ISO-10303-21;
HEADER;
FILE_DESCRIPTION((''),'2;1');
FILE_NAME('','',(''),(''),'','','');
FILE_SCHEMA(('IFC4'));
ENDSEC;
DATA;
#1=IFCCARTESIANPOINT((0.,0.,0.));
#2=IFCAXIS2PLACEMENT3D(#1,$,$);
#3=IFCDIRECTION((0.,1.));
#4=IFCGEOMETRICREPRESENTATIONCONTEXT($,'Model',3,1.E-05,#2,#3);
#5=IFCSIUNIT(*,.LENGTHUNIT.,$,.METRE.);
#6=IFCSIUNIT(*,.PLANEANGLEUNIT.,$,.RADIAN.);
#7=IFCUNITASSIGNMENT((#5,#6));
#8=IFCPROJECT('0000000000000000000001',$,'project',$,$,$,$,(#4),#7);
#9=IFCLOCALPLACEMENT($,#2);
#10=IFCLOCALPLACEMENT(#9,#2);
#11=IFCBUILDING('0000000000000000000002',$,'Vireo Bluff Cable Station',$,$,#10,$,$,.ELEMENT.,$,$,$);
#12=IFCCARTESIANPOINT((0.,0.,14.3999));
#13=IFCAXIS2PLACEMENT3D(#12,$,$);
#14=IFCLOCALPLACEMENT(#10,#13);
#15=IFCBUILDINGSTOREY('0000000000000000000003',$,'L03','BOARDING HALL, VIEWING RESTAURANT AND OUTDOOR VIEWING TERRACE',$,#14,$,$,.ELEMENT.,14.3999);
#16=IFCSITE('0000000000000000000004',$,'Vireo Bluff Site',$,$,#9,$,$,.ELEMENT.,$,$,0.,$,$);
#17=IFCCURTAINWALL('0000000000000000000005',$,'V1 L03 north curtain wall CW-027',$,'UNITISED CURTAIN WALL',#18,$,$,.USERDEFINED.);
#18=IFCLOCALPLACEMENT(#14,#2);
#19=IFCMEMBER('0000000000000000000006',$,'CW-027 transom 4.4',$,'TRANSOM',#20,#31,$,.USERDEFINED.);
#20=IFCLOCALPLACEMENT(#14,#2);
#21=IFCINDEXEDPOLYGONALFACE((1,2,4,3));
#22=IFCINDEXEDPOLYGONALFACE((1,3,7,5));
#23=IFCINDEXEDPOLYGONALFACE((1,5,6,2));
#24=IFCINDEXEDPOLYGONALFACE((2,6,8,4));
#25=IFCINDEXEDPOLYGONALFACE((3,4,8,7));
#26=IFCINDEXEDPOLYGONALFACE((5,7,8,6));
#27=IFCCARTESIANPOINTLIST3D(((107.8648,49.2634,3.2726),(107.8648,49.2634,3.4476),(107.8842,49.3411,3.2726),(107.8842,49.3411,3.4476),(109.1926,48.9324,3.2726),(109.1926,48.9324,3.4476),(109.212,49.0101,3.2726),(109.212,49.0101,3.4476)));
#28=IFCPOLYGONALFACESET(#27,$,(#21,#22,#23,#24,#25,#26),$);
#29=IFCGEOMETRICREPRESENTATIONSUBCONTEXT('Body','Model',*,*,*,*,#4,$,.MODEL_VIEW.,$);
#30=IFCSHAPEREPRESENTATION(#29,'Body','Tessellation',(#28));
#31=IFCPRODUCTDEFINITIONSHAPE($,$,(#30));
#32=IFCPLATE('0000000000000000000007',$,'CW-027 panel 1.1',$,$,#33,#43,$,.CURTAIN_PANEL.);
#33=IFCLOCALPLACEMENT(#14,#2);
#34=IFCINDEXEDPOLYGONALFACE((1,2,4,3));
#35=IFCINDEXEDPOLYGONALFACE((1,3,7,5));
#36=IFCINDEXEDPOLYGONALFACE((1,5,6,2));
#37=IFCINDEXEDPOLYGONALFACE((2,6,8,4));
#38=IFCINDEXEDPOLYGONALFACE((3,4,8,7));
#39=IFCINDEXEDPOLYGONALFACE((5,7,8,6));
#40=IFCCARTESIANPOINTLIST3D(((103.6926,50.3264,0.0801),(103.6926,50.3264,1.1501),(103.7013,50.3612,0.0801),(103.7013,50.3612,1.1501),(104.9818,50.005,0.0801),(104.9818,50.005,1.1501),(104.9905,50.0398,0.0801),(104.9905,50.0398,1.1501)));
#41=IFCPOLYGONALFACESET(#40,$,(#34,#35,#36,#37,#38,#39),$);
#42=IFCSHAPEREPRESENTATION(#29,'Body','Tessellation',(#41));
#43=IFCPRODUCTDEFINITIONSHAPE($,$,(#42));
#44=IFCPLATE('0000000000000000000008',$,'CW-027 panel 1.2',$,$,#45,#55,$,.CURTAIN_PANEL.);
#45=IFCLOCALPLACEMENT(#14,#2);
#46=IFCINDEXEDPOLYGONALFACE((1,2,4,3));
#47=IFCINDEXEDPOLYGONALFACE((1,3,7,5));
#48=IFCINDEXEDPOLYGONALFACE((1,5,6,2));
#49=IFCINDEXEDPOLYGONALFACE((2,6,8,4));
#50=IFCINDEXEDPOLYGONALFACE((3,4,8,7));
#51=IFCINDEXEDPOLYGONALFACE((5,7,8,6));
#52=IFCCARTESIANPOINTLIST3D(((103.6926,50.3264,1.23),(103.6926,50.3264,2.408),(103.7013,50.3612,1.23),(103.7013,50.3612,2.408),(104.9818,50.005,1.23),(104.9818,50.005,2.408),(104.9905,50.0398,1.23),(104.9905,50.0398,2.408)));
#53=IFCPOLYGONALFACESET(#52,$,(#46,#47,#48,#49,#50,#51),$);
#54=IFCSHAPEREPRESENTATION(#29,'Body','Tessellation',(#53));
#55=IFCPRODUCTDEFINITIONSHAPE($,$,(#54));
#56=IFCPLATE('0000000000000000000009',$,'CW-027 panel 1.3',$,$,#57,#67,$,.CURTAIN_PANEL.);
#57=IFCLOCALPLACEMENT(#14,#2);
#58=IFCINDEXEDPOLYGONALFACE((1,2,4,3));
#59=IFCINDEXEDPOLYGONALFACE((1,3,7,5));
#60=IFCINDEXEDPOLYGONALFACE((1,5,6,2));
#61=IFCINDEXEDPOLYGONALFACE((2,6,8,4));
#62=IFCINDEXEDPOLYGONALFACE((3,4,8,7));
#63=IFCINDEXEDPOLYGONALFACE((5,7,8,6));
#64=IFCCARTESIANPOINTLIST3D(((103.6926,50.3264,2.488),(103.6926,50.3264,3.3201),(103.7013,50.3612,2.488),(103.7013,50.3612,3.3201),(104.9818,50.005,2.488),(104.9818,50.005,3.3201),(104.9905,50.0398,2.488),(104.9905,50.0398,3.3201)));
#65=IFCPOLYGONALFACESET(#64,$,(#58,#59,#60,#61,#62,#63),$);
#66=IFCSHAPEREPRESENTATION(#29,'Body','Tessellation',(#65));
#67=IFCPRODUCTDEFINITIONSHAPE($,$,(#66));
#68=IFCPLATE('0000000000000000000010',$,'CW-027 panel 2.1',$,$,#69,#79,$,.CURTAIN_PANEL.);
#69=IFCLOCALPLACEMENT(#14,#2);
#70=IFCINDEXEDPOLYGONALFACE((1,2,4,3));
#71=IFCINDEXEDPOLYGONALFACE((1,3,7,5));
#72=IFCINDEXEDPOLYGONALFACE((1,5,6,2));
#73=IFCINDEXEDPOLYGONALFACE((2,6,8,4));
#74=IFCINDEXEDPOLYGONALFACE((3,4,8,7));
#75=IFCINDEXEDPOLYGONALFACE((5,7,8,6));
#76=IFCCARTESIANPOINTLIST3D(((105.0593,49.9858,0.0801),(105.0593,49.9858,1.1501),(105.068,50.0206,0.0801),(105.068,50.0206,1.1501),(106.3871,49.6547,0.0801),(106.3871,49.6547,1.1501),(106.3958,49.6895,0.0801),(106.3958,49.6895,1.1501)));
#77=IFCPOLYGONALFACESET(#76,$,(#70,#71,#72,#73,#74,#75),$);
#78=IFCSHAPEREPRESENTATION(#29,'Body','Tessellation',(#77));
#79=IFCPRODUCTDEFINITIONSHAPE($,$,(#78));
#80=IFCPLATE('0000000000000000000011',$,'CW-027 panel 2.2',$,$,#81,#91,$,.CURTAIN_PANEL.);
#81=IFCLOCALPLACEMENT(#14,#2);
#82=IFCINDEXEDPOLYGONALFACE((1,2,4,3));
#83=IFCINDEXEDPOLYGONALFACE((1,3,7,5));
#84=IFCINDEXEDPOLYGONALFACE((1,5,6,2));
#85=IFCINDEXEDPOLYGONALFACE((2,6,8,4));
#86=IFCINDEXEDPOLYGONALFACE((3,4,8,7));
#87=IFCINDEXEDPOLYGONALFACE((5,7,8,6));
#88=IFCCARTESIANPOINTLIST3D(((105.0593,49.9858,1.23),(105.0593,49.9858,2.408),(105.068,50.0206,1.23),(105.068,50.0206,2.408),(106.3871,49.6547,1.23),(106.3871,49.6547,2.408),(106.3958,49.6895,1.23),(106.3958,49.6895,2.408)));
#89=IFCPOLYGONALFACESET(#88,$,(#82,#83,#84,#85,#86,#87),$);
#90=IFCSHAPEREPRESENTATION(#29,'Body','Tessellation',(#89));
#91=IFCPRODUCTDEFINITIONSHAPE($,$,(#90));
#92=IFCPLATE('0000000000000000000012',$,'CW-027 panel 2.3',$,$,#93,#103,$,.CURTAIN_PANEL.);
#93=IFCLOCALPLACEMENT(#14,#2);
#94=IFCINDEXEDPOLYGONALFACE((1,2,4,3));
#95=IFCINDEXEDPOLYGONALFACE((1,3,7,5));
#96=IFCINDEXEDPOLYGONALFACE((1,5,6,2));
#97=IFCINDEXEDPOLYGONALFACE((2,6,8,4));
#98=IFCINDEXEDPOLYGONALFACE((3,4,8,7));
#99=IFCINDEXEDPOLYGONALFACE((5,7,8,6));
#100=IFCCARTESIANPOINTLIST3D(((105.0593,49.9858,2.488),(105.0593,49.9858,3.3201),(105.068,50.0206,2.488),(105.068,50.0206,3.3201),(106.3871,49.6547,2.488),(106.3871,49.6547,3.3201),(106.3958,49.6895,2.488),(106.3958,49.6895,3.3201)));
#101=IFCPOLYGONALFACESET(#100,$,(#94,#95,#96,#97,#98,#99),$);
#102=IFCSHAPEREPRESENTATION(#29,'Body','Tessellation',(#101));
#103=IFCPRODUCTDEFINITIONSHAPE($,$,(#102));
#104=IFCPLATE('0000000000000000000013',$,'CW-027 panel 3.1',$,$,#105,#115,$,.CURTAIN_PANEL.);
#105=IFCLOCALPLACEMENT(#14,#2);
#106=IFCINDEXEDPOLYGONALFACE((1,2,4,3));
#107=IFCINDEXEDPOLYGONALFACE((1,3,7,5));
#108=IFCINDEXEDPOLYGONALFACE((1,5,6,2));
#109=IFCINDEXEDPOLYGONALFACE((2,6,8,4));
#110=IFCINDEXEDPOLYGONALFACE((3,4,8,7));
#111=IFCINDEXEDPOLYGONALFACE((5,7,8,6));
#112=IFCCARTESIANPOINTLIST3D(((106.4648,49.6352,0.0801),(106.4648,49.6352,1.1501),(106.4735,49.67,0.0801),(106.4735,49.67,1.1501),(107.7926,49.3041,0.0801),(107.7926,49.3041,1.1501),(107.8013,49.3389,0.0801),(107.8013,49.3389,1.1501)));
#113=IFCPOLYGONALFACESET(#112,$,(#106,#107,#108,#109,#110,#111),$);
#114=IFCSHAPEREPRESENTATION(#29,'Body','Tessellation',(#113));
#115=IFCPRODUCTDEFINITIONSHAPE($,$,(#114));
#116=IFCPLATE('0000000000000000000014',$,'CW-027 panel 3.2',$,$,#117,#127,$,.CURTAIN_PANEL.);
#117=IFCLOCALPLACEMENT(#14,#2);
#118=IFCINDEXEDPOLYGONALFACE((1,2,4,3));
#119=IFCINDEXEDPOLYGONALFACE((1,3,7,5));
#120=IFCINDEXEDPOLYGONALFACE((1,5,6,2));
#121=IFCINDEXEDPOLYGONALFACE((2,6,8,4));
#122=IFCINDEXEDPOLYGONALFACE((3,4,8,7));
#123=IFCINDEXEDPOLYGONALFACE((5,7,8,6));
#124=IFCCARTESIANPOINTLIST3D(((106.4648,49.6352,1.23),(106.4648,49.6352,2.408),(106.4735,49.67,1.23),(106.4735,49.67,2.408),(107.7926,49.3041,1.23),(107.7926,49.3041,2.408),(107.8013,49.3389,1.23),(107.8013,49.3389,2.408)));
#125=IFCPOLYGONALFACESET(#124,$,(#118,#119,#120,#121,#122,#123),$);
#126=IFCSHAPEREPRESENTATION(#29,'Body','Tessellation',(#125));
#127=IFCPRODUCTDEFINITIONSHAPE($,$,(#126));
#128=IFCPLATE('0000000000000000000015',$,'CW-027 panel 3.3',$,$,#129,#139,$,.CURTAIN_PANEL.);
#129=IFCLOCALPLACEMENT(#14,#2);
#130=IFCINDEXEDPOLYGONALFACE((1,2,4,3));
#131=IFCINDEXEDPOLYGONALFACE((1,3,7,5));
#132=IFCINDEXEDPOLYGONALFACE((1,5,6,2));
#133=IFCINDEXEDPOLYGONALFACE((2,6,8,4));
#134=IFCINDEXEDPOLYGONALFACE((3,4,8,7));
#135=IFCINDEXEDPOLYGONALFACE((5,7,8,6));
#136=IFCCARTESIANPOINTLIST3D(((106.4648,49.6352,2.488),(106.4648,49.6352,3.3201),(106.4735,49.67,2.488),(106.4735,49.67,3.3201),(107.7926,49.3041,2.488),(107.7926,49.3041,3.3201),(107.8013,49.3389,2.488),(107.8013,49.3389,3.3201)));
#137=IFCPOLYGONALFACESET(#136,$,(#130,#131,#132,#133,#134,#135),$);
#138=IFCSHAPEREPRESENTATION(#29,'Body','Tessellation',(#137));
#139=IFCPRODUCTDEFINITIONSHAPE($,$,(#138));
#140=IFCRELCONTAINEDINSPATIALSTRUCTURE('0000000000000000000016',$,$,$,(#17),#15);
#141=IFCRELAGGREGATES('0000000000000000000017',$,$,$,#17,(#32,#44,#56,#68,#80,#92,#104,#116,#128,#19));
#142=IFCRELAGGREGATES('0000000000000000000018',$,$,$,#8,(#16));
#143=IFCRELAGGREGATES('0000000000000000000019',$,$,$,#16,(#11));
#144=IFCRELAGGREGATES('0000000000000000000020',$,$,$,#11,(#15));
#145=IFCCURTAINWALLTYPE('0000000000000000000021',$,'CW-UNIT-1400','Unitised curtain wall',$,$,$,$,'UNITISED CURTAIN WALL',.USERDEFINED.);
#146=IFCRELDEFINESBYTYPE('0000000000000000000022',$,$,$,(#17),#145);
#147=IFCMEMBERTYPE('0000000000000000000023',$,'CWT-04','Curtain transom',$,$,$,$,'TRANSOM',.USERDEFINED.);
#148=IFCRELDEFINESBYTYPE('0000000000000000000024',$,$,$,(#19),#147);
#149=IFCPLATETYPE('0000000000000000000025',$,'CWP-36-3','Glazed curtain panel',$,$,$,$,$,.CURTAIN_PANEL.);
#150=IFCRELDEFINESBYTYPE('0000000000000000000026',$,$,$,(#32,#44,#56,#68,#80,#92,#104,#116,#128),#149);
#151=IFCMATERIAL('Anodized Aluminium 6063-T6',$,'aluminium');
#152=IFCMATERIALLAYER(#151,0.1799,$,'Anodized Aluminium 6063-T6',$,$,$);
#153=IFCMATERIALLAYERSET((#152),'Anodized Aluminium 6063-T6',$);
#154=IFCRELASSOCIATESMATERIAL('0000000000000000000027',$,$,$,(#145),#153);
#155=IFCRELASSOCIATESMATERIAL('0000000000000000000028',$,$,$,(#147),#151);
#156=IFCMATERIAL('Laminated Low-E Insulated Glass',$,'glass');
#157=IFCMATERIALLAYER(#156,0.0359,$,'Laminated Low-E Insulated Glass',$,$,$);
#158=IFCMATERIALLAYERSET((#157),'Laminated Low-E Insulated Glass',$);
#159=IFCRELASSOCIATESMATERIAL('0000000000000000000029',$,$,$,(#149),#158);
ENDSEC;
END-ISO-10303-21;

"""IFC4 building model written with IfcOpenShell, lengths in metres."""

from ifc_helpers import new_model, si_unit, direction, frame, origin, origin_2d, place, context, subcontext, project, spatial, rectangle, extrude, material, layer, layer_set, material_profile, profile_set, type_object, element, aggregate, save


model = new_model("IFC4")

# Units and contexts
model_context = context("Model", 3, precision=1e-05, world=origin(), true_north=direction((0.0, 1.0)))
body_context = subcontext(model_context, "Body", "Model", "MODEL_VIEW")
ifc_project = project(units=[si_unit("LENGTHUNIT", "METRE"), si_unit("PLANEANGLEUNIT", "RADIAN")], contexts=[model_context])

# Site, building, storey
site_placement = place(None, origin())
site = spatial("IfcSite", under=ifc_project, at=site_placement, Name="Vireo Bluff Site", CompositionType="ELEMENT", RefElevation=0.0)
building_placement = place(site_placement, origin())
building = spatial("IfcBuilding", under=site, at=building_placement, Name="Vireo Bluff Cable Station", CompositionType="ELEMENT")
storey_placement = place(building_placement, frame((0.0, 0.0, 14.3999)))
storey = spatial("IfcBuildingStorey", under=building, at=storey_placement, Name="L03", Description="BOARDING HALL, VIEWING RESTAURANT AND OUTDOOR VIEWING TERRACE", CompositionType="ELEMENT", Elevation=14.3999)

# Curtain wall, member, plates
ifc_material_1 = material(Name="Anodized Aluminium 6063-T6", Category="aluminium")
ifc_layer_1 = layer(ifc_material_1, 0.1799, Name="Anodized Aluminium 6063-T6")
ifc_layer_set_1 = layer_set([ifc_layer_1], Name="Anodized Aluminium 6063-T6")
curtain_wall_type = type_object("IfcCurtainWallType", Name="CW-UNIT-1400", Description="Unitised curtain wall", ElementType="UNITISED CURTAIN WALL", PredefinedType="USERDEFINED", material=ifc_layer_set_1)
curtain_wall_placement = place(storey_placement, origin())
curtain_wall = element("IfcCurtainWall", 1, at=curtain_wall_placement, inside=storey, type_object=curtain_wall_type, Name="V1 L03 north curtain wall CW-027", ObjectType="UNITISED CURTAIN WALL", PredefinedType="USERDEFINED")
ifc_material_profile_1 = material_profile(ifc_material_1, rectangle(XDim=0.0801, YDim=0.175, at=origin_2d()), Name="ALU-T-80X175")
ifc_profile_set_1 = profile_set([ifc_material_profile_1], Name="Anodized Aluminium 6063-T6")
member_type_1 = type_object("IfcMemberType", Name="CWT-04", Description="Curtain transom", ElementType="TRANSOM", PredefinedType="USERDEFINED", material=ifc_profile_set_1)
member_1_placement = place(storey_placement, frame((107.8745, 49.3022, 3.3601), z_axis=(0.9703, -0.241906, 0.0), x_axis=(0.241906, 0.9703, 0.0)))
member_1 = element("IfcMember", 2, at=member_1_placement, type_object=member_type_1, Name="CW-027 transom 4.4", ObjectType="TRANSOM", PredefinedType="USERDEFINED", context=body_context, shape_type="SweptSolid", body=[
    extrude(rectangle(XDim=0.0801, YDim=0.175, at=origin_2d()), origin(), (0.0, 0.0, 1.0), 1.3684),
])
ifc_material_2 = material(Name="Laminated Low-E Insulated Glass", Category="glass")
ifc_layer_2 = layer(ifc_material_2, 0.0359, Name="Laminated Low-E Insulated Glass")
ifc_layer_set_2 = layer_set([ifc_layer_2], Name="Laminated Low-E Insulated Glass")
plate_type = type_object("IfcPlateType", Name="CWP-36-3", Description="Glazed curtain panel", PredefinedType="CURTAIN_PANEL", material=ifc_layer_set_2)
plate_1_placement = place(storey_placement, frame((104.3416, 50.1831, 0.0801), z_axis=(0.0, 0.0, 1.0), x_axis=(0.970296, -0.241922, 0.0)))
plate_1 = element("IfcPlate", 3, at=plate_1_placement, type_object=plate_type, Name="CW-027 panel 1.1", PredefinedType="CURTAIN_PANEL", context=body_context, shape_type="SweptSolid", body=[
    extrude(rectangle(XDim=1.3286, YDim=0.0359, at=origin_2d()), origin(), (0.0, 0.0, 1.0), 1.0701),
])
plate_2_placement = place(storey_placement, frame((104.3416, 50.1831, 1.23), z_axis=(0.0, 0.0, 1.0), x_axis=(0.970296, -0.241922, 0.0)))
plate_2 = element("IfcPlate", 4, at=plate_2_placement, type_object=plate_type, Name="CW-027 panel 1.2", PredefinedType="CURTAIN_PANEL", context=body_context, shape_type="SweptSolid", body=[
    extrude(rectangle(XDim=1.3286, YDim=0.0359, at=origin_2d()), origin(), (0.0, 0.0, 1.0), 1.178),
])
plate_3_placement = place(storey_placement, frame((104.3416, 50.1831, 2.488), z_axis=(0.0, 0.0, 1.0), x_axis=(0.970296, -0.241922, 0.0)))
plate_3 = element("IfcPlate", 5, at=plate_3_placement, type_object=plate_type, Name="CW-027 panel 1.3", PredefinedType="CURTAIN_PANEL", context=body_context, shape_type="SweptSolid", body=[
    extrude(rectangle(XDim=1.3286, YDim=0.0359, at=origin_2d()), origin(), (0.0, 0.0, 1.0), 0.832),
])
plate_4_placement = place(storey_placement, frame((105.7275, 49.8376, 0.0801), z_axis=(0.0, 0.0, 1.0), x_axis=(0.970296, -0.241922, 0.0)))
plate_4 = element("IfcPlate", 6, at=plate_4_placement, type_object=plate_type, Name="CW-027 panel 2.1", PredefinedType="CURTAIN_PANEL", context=body_context, shape_type="SweptSolid", body=[
    extrude(rectangle(XDim=1.3684, YDim=0.0359, at=origin_2d()), origin(), (0.0, 0.0, 1.0), 1.0701),
])
plate_5_placement = place(storey_placement, frame((105.7275, 49.8376, 1.23), z_axis=(0.0, 0.0, 1.0), x_axis=(0.970296, -0.241922, 0.0)))
plate_5 = element("IfcPlate", 7, at=plate_5_placement, type_object=plate_type, Name="CW-027 panel 2.2", PredefinedType="CURTAIN_PANEL", context=body_context, shape_type="SweptSolid", body=[
    extrude(rectangle(XDim=1.3684, YDim=0.0359, at=origin_2d()), origin(), (0.0, 0.0, 1.0), 1.178),
])
plate_6_placement = place(storey_placement, frame((105.7275, 49.8376, 2.488), z_axis=(0.0, 0.0, 1.0), x_axis=(0.970296, -0.241922, 0.0)))
plate_6 = element("IfcPlate", 8, at=plate_6_placement, type_object=plate_type, Name="CW-027 panel 2.3", PredefinedType="CURTAIN_PANEL", context=body_context, shape_type="SweptSolid", body=[
    extrude(rectangle(XDim=1.3684, YDim=0.0359, at=origin_2d()), origin(), (0.0, 0.0, 1.0), 0.832),
])
plate_7_placement = place(storey_placement, frame((107.1331, 49.4871, 0.0801), z_axis=(0.0, 0.0, 1.0), x_axis=(0.970296, -0.241922, 0.0)))
plate_7 = element("IfcPlate", 9, at=plate_7_placement, type_object=plate_type, Name="CW-027 panel 3.1", PredefinedType="CURTAIN_PANEL", context=body_context, shape_type="SweptSolid", body=[
    extrude(rectangle(XDim=1.3684, YDim=0.0359, at=origin_2d()), origin(), (0.0, 0.0, 1.0), 1.0701),
])
plate_8_placement = place(storey_placement, frame((107.1331, 49.4871, 1.23), z_axis=(0.0, 0.0, 1.0), x_axis=(0.970296, -0.241922, 0.0)))
plate_8 = element("IfcPlate", 10, at=plate_8_placement, type_object=plate_type, Name="CW-027 panel 3.2", PredefinedType="CURTAIN_PANEL", context=body_context, shape_type="SweptSolid", body=[
    extrude(rectangle(XDim=1.3684, YDim=0.0359, at=origin_2d()), origin(), (0.0, 0.0, 1.0), 1.178),
])
plate_9_placement = place(storey_placement, frame((107.1331, 49.4871, 2.488), z_axis=(0.0, 0.0, 1.0), x_axis=(0.970296, -0.241922, 0.0)))
plate_9 = element("IfcPlate", 11, at=plate_9_placement, type_object=plate_type, Name="CW-027 panel 3.3", PredefinedType="CURTAIN_PANEL", context=body_context, shape_type="SweptSolid", body=[
    extrude(rectangle(XDim=1.3684, YDim=0.0359, at=origin_2d()), origin(), (0.0, 0.0, 1.0), 0.832),
])
aggregate(curtain_wall, [plate_1, plate_2, plate_3, plate_4, plate_5, plate_6, plate_7, plate_8, plate_9, member_1])

save(model, "model.ifc")
